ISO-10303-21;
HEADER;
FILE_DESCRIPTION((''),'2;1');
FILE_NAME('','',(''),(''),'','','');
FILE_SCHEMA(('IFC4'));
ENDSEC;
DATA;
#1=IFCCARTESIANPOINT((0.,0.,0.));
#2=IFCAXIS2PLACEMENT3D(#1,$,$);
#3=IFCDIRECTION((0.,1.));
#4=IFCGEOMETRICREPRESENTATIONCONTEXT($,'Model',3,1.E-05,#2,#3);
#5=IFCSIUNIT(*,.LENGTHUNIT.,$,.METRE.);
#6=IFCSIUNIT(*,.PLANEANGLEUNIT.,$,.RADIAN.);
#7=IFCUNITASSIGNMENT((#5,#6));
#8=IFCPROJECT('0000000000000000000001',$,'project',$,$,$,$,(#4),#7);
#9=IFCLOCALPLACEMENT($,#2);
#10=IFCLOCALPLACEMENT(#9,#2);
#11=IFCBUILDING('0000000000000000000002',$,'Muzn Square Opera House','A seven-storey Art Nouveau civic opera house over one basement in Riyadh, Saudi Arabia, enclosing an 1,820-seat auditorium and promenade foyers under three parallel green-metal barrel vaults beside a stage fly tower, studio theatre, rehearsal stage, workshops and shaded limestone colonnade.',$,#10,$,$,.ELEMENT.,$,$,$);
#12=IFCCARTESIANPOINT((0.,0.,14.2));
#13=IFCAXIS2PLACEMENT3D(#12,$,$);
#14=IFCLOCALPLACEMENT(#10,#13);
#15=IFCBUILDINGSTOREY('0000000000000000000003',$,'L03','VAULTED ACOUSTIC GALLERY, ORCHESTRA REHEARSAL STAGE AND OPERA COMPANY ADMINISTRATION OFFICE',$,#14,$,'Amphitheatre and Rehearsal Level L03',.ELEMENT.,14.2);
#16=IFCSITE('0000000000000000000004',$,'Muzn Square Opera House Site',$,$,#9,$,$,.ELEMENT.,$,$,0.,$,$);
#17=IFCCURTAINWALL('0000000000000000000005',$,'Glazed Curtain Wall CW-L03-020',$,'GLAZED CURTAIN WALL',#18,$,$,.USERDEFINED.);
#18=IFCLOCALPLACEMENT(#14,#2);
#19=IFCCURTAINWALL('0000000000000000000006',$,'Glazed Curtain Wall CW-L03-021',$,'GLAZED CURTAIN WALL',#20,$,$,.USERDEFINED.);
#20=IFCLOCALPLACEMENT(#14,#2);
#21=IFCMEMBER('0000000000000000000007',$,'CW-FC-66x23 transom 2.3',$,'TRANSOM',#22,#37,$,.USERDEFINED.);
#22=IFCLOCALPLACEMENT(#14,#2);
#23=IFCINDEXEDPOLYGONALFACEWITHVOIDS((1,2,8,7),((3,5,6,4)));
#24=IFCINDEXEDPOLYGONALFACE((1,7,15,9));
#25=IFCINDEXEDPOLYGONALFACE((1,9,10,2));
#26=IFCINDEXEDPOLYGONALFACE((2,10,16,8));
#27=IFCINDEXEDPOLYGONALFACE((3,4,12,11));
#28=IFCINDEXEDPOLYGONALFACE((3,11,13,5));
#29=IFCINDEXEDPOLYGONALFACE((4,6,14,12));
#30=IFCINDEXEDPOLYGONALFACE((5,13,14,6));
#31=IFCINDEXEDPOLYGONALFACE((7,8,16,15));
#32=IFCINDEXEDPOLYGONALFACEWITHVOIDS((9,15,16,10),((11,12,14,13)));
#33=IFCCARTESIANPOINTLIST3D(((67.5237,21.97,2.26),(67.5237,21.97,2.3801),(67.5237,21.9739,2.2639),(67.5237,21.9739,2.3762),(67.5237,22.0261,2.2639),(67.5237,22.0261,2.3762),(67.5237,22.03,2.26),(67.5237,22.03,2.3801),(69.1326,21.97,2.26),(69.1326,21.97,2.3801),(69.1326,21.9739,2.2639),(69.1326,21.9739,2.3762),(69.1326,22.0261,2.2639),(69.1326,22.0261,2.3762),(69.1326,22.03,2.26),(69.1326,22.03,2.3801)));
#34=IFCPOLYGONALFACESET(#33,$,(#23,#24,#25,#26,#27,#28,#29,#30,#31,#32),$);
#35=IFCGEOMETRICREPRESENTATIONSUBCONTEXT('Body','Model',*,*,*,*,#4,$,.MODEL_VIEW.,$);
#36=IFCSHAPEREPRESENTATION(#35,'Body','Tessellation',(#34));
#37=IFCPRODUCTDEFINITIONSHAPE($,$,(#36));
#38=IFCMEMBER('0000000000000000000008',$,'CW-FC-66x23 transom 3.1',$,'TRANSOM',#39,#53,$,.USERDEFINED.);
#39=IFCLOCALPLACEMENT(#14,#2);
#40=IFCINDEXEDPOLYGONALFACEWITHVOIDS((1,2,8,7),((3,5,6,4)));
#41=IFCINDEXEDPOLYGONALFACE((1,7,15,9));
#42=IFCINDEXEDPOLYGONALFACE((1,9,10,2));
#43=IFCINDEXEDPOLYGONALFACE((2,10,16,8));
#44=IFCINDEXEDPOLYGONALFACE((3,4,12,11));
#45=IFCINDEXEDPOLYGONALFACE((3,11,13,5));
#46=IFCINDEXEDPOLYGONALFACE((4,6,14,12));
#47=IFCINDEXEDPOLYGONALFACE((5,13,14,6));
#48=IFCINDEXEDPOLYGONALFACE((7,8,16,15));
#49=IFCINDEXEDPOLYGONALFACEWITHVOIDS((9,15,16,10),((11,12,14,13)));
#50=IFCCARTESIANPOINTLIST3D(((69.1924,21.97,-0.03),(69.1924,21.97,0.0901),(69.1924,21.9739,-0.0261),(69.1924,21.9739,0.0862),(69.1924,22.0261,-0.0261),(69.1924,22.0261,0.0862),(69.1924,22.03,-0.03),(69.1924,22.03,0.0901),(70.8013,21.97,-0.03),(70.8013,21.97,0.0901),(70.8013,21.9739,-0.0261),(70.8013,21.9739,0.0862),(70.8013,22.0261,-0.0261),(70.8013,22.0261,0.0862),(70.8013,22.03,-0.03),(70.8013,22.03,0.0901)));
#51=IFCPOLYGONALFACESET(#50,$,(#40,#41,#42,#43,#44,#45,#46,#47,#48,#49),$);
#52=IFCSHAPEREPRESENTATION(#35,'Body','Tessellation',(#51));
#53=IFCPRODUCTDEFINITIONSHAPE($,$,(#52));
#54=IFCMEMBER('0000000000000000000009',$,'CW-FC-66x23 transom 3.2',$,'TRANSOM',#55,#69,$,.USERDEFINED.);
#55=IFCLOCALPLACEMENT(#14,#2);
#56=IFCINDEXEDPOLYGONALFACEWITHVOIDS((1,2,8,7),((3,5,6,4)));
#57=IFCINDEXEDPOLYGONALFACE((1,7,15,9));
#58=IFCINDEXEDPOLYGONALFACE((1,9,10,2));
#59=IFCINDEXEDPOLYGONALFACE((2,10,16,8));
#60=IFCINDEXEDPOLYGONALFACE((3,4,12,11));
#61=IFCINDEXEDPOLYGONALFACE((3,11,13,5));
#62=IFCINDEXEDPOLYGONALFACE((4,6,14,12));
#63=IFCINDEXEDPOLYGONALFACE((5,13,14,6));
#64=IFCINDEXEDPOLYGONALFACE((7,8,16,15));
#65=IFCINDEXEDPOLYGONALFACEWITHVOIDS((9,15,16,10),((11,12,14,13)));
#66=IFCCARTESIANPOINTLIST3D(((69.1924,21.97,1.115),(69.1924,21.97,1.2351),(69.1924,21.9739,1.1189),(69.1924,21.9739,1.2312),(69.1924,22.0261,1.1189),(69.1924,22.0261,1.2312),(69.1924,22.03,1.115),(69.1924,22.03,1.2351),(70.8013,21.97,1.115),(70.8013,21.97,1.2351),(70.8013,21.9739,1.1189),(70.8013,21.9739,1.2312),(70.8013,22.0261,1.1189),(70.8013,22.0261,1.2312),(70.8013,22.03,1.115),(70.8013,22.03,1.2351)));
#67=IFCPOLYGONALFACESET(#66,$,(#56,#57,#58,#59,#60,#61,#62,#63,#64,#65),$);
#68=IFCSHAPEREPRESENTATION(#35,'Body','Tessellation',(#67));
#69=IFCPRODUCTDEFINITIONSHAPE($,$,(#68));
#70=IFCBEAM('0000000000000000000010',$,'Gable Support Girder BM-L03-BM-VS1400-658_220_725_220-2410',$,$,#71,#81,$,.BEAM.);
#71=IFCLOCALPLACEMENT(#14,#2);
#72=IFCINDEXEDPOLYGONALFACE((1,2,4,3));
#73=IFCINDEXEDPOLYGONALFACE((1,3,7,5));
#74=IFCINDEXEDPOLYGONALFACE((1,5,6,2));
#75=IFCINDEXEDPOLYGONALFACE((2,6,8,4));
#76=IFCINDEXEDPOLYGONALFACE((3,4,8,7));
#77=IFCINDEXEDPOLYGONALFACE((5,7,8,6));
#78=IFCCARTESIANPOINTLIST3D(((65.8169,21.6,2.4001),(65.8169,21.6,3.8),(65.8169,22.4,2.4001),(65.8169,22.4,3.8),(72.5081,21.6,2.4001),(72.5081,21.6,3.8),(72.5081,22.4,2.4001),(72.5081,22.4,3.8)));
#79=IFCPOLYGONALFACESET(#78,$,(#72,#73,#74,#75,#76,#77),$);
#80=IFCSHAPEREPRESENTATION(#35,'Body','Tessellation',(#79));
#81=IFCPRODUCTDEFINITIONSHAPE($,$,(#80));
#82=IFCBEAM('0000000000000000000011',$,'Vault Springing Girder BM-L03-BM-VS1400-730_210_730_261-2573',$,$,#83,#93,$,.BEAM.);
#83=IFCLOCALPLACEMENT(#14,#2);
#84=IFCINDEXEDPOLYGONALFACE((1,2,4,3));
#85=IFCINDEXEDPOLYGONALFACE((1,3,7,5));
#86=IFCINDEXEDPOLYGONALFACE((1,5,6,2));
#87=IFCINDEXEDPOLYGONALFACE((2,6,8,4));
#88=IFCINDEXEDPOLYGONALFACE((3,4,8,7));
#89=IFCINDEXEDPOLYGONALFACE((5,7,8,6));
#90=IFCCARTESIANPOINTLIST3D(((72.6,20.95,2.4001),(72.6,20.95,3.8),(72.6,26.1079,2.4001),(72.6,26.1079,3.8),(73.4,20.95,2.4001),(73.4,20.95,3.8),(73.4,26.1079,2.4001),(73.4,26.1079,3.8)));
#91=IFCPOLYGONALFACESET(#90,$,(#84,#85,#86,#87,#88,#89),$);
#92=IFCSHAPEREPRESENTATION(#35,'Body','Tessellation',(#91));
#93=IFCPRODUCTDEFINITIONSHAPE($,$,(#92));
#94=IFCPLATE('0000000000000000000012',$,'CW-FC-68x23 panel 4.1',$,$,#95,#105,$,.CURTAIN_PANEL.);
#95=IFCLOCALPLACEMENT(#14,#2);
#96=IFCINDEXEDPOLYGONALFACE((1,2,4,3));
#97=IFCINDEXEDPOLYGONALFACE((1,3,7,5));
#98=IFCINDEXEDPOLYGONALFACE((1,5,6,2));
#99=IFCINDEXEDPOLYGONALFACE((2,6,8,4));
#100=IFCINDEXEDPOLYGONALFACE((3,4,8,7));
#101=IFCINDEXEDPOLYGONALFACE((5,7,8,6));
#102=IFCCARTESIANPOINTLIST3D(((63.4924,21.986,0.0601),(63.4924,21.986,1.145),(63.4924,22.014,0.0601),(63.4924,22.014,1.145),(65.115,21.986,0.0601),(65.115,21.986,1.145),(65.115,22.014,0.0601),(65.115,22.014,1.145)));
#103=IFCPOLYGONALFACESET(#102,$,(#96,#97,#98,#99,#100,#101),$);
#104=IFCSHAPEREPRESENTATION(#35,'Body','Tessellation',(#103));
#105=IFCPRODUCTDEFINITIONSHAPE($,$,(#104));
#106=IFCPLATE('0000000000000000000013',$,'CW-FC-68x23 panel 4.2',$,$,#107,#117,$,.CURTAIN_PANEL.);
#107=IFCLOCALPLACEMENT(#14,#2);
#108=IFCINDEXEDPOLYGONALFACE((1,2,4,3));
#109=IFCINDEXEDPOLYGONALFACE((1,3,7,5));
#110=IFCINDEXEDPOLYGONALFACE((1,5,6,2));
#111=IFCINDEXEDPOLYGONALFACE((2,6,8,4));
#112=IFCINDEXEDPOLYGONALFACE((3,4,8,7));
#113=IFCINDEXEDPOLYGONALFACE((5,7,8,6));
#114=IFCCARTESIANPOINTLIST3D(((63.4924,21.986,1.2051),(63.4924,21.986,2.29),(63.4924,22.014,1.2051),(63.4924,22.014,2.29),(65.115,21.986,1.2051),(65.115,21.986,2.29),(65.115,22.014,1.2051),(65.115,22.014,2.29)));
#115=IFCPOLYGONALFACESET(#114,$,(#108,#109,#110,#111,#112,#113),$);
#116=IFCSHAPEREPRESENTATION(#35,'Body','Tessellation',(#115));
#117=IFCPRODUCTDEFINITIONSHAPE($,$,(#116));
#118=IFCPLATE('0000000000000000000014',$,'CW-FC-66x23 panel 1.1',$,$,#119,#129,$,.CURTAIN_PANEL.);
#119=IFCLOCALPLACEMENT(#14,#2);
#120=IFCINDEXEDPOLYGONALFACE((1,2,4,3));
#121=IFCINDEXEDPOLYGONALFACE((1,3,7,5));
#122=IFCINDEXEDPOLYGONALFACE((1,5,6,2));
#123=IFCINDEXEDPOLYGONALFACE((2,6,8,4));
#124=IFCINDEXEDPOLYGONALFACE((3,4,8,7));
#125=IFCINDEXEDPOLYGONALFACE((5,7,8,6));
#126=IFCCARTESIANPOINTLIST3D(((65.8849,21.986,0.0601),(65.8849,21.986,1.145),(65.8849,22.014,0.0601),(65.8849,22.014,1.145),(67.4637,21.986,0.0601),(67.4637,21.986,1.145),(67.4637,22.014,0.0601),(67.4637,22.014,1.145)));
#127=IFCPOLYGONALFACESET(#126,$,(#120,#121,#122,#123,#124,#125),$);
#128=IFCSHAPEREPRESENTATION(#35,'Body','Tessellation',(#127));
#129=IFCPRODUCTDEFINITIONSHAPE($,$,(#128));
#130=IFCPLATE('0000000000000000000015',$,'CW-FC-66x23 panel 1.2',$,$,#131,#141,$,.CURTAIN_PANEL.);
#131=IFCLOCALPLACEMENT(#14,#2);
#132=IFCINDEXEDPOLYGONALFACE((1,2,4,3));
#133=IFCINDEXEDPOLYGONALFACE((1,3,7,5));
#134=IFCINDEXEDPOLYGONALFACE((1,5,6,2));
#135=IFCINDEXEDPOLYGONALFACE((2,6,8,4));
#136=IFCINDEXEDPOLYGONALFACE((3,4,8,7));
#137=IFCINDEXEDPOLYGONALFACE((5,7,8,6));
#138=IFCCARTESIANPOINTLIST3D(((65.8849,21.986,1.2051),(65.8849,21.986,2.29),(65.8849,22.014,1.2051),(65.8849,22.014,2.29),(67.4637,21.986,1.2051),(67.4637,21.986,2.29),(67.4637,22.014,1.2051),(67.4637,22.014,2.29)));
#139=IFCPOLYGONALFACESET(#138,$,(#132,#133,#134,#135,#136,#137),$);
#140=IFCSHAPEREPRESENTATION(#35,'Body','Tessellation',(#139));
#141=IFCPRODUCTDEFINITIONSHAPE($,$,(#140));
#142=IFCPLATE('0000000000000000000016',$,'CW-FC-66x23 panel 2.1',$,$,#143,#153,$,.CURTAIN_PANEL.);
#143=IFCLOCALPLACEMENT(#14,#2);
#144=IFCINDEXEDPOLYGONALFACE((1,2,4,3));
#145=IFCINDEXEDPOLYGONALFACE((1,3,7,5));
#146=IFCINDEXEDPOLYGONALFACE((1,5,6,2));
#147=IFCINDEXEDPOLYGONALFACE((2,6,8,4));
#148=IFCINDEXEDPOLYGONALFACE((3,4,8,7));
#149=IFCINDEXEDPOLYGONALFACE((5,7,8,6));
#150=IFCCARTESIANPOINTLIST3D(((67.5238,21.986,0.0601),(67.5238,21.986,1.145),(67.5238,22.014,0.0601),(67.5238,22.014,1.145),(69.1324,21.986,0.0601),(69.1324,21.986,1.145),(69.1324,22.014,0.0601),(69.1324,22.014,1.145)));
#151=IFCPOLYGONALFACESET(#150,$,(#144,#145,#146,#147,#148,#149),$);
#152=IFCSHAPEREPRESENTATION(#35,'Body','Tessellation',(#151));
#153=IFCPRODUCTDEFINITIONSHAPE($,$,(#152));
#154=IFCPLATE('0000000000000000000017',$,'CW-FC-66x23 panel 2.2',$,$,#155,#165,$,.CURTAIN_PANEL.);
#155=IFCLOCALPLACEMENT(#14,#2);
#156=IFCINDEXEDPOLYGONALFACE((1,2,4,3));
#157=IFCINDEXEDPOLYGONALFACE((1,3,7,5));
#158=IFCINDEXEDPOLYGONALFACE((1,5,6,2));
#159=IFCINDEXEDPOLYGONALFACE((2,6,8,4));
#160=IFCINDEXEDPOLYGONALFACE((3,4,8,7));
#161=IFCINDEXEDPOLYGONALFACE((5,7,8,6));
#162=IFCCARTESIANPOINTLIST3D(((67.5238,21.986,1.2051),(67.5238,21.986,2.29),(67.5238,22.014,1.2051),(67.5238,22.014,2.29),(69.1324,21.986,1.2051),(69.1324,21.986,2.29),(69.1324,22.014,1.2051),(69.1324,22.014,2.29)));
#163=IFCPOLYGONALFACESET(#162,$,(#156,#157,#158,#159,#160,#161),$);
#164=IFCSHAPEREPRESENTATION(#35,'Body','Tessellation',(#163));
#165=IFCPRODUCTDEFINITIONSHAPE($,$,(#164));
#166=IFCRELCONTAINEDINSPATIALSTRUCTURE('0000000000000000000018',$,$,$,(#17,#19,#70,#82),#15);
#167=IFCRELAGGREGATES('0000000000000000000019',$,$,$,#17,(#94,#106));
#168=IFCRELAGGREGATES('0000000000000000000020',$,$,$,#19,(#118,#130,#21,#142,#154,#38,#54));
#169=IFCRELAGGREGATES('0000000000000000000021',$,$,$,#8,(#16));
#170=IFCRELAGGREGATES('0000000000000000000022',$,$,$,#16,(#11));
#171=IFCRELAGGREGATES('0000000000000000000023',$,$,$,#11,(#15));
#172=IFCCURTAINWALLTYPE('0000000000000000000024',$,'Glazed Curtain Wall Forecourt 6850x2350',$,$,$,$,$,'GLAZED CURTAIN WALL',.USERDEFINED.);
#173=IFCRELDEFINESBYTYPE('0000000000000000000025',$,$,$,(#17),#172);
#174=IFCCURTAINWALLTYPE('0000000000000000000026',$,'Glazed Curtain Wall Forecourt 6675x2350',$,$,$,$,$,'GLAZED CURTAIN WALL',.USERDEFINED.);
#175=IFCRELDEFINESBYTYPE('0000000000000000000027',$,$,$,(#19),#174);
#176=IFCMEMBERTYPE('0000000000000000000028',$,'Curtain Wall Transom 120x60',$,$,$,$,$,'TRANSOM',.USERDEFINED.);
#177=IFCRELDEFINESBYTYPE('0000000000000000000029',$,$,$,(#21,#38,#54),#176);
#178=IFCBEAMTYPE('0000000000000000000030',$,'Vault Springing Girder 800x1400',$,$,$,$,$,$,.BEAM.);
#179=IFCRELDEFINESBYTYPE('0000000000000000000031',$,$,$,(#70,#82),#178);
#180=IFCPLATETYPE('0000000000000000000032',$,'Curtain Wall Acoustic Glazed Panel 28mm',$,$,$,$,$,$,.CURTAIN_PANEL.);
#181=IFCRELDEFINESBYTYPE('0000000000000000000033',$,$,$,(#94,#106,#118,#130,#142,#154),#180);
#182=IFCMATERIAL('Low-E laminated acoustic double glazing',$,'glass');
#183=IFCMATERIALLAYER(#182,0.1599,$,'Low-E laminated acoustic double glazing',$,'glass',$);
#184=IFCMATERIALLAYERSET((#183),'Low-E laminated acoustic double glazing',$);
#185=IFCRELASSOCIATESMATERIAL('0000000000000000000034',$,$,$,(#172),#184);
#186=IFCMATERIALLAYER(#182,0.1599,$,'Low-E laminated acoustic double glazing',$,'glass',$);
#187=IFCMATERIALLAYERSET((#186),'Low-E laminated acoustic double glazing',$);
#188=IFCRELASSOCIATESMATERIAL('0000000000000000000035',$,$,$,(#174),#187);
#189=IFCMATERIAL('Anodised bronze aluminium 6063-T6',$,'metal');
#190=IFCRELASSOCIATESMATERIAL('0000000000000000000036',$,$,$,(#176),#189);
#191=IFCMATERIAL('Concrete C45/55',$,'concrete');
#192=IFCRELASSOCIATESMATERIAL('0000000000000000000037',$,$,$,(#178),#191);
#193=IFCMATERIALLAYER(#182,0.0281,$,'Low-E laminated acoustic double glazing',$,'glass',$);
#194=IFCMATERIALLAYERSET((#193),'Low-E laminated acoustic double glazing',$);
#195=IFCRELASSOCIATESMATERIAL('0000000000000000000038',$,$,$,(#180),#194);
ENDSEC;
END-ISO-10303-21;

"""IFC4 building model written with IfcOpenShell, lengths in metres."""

from ifc_helpers import new_model, si_unit, direction, frame, origin, origin_2d, place, context, subcontext, project, spatial, rectangle, hollow_rectangle, extrude, material, layer, layer_set, material_profile, profile_set, type_object, element, aggregate, save


model = new_model("IFC4")

# Units and contexts
model_context = context("Model", 3, precision=1e-05, world=origin(), true_north=direction((0.0, 1.0)))
body_context = subcontext(model_context, "Body", "Model", "MODEL_VIEW")
ifc_project = project(units=[si_unit("LENGTHUNIT", "METRE"), si_unit("PLANEANGLEUNIT", "RADIAN")], contexts=[model_context])

# Site, building, storey
site_placement = place(None, origin())
site = spatial("IfcSite", under=ifc_project, at=site_placement, Name="Muzn Square Opera House Site", CompositionType="ELEMENT", RefElevation=0.0)
building_placement = place(site_placement, origin())
building = spatial("IfcBuilding", under=site, at=building_placement, Name="Muzn Square Opera House", Description="A seven-storey Art Nouveau civic opera house over one basement in Riyadh, Saudi Arabia, enclosing an 1,820-seat auditorium and promenade foyers under three parallel green-metal barrel vaults beside a stage fly tower, studio theatre, rehearsal stage, workshops and shaded limestone colonnade.", CompositionType="ELEMENT")
storey_placement = place(building_placement, frame((0.0, 0.0, 14.2)))
storey = spatial("IfcBuildingStorey", under=building, at=storey_placement, Name="L03", Description="VAULTED ACOUSTIC GALLERY, ORCHESTRA REHEARSAL STAGE AND OPERA COMPANY ADMINISTRATION OFFICE", LongName="Amphitheatre and Rehearsal Level L03", CompositionType="ELEMENT", Elevation=14.2)

# Shared definitions
ifc_material_1 = material(Name="Concrete C45/55", Category="concrete")

# Curtain wall
ifc_material_2 = material(Name="Low-E laminated acoustic double glazing", Category="glass")
ifc_layer_1 = layer(ifc_material_2, 0.1599, Name="Low-E laminated acoustic double glazing", Category="glass")
ifc_layer_set_1 = layer_set([ifc_layer_1], Name="Low-E laminated acoustic double glazing")
curtain_wall_type_1 = type_object("IfcCurtainWallType", Name="Glazed Curtain Wall Forecourt 6850x2350", ElementType="GLAZED CURTAIN WALL", PredefinedType="USERDEFINED", material=ifc_layer_set_1)
curtain_wall_1_placement = place(storey_placement, origin())
curtain_wall_1 = element("IfcCurtainWall", 1, at=curtain_wall_1_placement, inside=storey, type_object=curtain_wall_type_1, Name="Glazed Curtain Wall CW-L03-020", ObjectType="GLAZED CURTAIN WALL", PredefinedType="USERDEFINED")
ifc_material_3 = material(Name="Anodised bronze aluminium 6063-T6", Category="metal")

# Curtain wall
ifc_layer_2 = layer(ifc_material_2, 0.1599, Name="Low-E laminated acoustic double glazing", Category="glass")
ifc_layer_set_2 = layer_set([ifc_layer_2], Name="Low-E laminated acoustic double glazing")
curtain_wall_type_2 = type_object("IfcCurtainWallType", Name="Glazed Curtain Wall Forecourt 6675x2350", ElementType="GLAZED CURTAIN WALL", PredefinedType="USERDEFINED", material=ifc_layer_set_2)
curtain_wall_2_placement = place(storey_placement, origin())
curtain_wall_2 = element("IfcCurtainWall", 2, at=curtain_wall_2_placement, inside=storey, type_object=curtain_wall_type_2, Name="Glazed Curtain Wall CW-L03-021", ObjectType="GLAZED CURTAIN WALL", PredefinedType="USERDEFINED")

# Members
ifc_material_profile_1 = material_profile(ifc_material_3, hollow_rectangle(XDim=0.0601, YDim=0.1201, WallThickness=0.0039, at=origin_2d()), Name="ALU 120x60x4", Category="metal")
ifc_profile_set_1 = profile_set([ifc_material_profile_1], Name="Anodised bronze aluminium 6063-T6")
member_type_1 = type_object("IfcMemberType", Name="Curtain Wall Transom 120x60", ElementType="TRANSOM", PredefinedType="USERDEFINED", material=ifc_profile_set_1)
member_1_placement = place(storey_placement, frame((67.5237, 22.0, 2.3201), z_axis=(1.0, 0.0, 0.0), x_axis=(0.0, 1.0, 0.0)))
member_1 = element("IfcMember", 3, at=member_1_placement, type_object=member_type_1, Name="CW-FC-66x23 transom 2.3", ObjectType="TRANSOM", PredefinedType="USERDEFINED", context=body_context, shape_type="SweptSolid", body=[
    extrude(hollow_rectangle(XDim=0.0601, YDim=0.1201, WallThickness=0.0039, at=origin_2d()), origin(), (0.0, 0.0, 1.0), 1.6089),
])
member_2_placement = place(storey_placement, frame((69.1924, 22.0, 0.03), z_axis=(1.0, 0.0, 0.0), x_axis=(0.0, 1.0, 0.0)))
member_2 = element("IfcMember", 4, at=member_2_placement, type_object=member_type_1, Name="CW-FC-66x23 transom 3.1", ObjectType="TRANSOM", PredefinedType="USERDEFINED", context=body_context, shape_type="SweptSolid", body=[
    extrude(hollow_rectangle(XDim=0.0601, YDim=0.1201, WallThickness=0.0039, at=origin_2d()), origin(), (0.0, 0.0, 1.0), 1.6089),
])
member_3_placement = place(storey_placement, frame((69.1924, 22.0, 1.175), z_axis=(1.0, 0.0, 0.0), x_axis=(0.0, 1.0, 0.0)))
member_3 = element("IfcMember", 5, at=member_3_placement, type_object=member_type_1, Name="CW-FC-66x23 transom 3.2", ObjectType="TRANSOM", PredefinedType="USERDEFINED", context=body_context, shape_type="SweptSolid", body=[
    extrude(hollow_rectangle(XDim=0.0601, YDim=0.1201, WallThickness=0.0039, at=origin_2d()), origin(), (0.0, 0.0, 1.0), 1.6089),
])

# Beams
ifc_material_profile_2 = material_profile(ifc_material_1, rectangle(XDim=0.8, YDim=1.3999, at=origin_2d()), Name="RCB 800x1400", Category="concrete")
ifc_profile_set_2 = profile_set([ifc_material_profile_2], Name="Concrete C45/55")
beam_type = type_object("IfcBeamType", Name="Vault Springing Girder 800x1400", PredefinedType="BEAM", material=ifc_profile_set_2)
beam_1_placement = place(storey_placement, frame((65.8169, 22.0, 3.1001), z_axis=(1.0, 0.0, 0.0), x_axis=(0.0, 1.0, 0.0)))
element("IfcBeam", 6, at=beam_1_placement, inside=storey, type_object=beam_type, Name="Gable Support Girder BM-L03-BM-VS1400-658_220_725_220-2410", PredefinedType="BEAM", context=body_context, shape_type="SweptSolid", body=[
    extrude(rectangle(XDim=0.8, YDim=1.3999, at=origin_2d()), origin(), (0.0, 0.0, 1.0), 6.6912),
])
beam_2_placement = place(storey_placement, frame((73.0, 20.95, 3.1001), z_axis=(0.0, 1.0, 0.0), x_axis=(-1.0, 0.0, 0.0)))
element("IfcBeam", 7, at=beam_2_placement, inside=storey, type_object=beam_type, Name="Vault Springing Girder BM-L03-BM-VS1400-730_210_730_261-2573", PredefinedType="BEAM", context=body_context, shape_type="SweptSolid", body=[
    extrude(rectangle(XDim=0.8, YDim=1.3999, at=origin_2d()), origin(), (0.0, 0.0, 1.0), 5.158),
])

# Plates
ifc_layer_3 = layer(ifc_material_2, 0.0281, Name="Low-E laminated acoustic double glazing", Category="glass")
ifc_layer_set_3 = layer_set([ifc_layer_3], Name="Low-E laminated acoustic double glazing")
plate_type = type_object("IfcPlateType", Name="Curtain Wall Acoustic Glazed Panel 28mm", PredefinedType="CURTAIN_PANEL", material=ifc_layer_set_3)
plate_1_placement = place(storey_placement, frame((64.3037, 22.0, 0.0601), z_axis=(0.0, 0.0, 1.0), x_axis=(1.0, 0.0, 0.0)))
plate_1 = element("IfcPlate", 8, at=plate_1_placement, type_object=plate_type, Name="CW-FC-68x23 panel 4.1", PredefinedType="CURTAIN_PANEL", context=body_context, shape_type="SweptSolid", body=[
    extrude(rectangle(XDim=1.6226, YDim=0.0281, at=origin_2d()), origin(), (0.0, 0.0, 1.0), 1.085),
])
plate_2_placement = place(storey_placement, frame((64.3037, 22.0, 1.2051), z_axis=(0.0, 0.0, 1.0), x_axis=(1.0, 0.0, 0.0)))
plate_2 = element("IfcPlate", 9, at=plate_2_placement, type_object=plate_type, Name="CW-FC-68x23 panel 4.2", PredefinedType="CURTAIN_PANEL", context=body_context, shape_type="SweptSolid", body=[
    extrude(rectangle(XDim=1.6226, YDim=0.0281, at=origin_2d()), origin(), (0.0, 0.0, 1.0), 1.085),
])
aggregate(curtain_wall_1, [plate_1, plate_2])
plate_3_placement = place(storey_placement, frame((66.6743, 22.0, 0.0601), z_axis=(0.0, 0.0, 1.0), x_axis=(1.0, 0.0, 0.0)))
plate_3 = element("IfcPlate", 10, at=plate_3_placement, type_object=plate_type, Name="CW-FC-66x23 panel 1.1", PredefinedType="CURTAIN_PANEL", context=body_context, shape_type="SweptSolid", body=[
    extrude(rectangle(XDim=1.5789, YDim=0.0281, at=origin_2d()), origin(), (0.0, 0.0, 1.0), 1.085),
])
plate_4_placement = place(storey_placement, frame((66.6743, 22.0, 1.2051), z_axis=(0.0, 0.0, 1.0), x_axis=(1.0, 0.0, 0.0)))
plate_4 = element("IfcPlate", 11, at=plate_4_placement, type_object=plate_type, Name="CW-FC-66x23 panel 1.2", PredefinedType="CURTAIN_PANEL", context=body_context, shape_type="SweptSolid", body=[
    extrude(rectangle(XDim=1.5789, YDim=0.0281, at=origin_2d()), origin(), (0.0, 0.0, 1.0), 1.085),
])
plate_5_placement = place(storey_placement, frame((68.3281, 22.0, 0.0601), z_axis=(0.0, 0.0, 1.0), x_axis=(1.0, 0.0, 0.0)))
plate_5 = element("IfcPlate", 12, at=plate_5_placement, type_object=plate_type, Name="CW-FC-66x23 panel 2.1", PredefinedType="CURTAIN_PANEL", context=body_context, shape_type="SweptSolid", body=[
    extrude(rectangle(XDim=1.6086, YDim=0.0281, at=origin_2d()), origin(), (0.0, 0.0, 1.0), 1.085),
])
plate_6_placement = place(storey_placement, frame((68.3281, 22.0, 1.2051), z_axis=(0.0, 0.0, 1.0), x_axis=(1.0, 0.0, 0.0)))
plate_6 = element("IfcPlate", 13, at=plate_6_placement, type_object=plate_type, Name="CW-FC-66x23 panel 2.2", PredefinedType="CURTAIN_PANEL", context=body_context, shape_type="SweptSolid", body=[
    extrude(rectangle(XDim=1.6086, YDim=0.0281, at=origin_2d()), origin(), (0.0, 0.0, 1.0), 1.085),
])
aggregate(curtain_wall_2, [plate_3, plate_4, member_1, plate_5, plate_6, member_2, member_3])

save(model, "model.ifc")
